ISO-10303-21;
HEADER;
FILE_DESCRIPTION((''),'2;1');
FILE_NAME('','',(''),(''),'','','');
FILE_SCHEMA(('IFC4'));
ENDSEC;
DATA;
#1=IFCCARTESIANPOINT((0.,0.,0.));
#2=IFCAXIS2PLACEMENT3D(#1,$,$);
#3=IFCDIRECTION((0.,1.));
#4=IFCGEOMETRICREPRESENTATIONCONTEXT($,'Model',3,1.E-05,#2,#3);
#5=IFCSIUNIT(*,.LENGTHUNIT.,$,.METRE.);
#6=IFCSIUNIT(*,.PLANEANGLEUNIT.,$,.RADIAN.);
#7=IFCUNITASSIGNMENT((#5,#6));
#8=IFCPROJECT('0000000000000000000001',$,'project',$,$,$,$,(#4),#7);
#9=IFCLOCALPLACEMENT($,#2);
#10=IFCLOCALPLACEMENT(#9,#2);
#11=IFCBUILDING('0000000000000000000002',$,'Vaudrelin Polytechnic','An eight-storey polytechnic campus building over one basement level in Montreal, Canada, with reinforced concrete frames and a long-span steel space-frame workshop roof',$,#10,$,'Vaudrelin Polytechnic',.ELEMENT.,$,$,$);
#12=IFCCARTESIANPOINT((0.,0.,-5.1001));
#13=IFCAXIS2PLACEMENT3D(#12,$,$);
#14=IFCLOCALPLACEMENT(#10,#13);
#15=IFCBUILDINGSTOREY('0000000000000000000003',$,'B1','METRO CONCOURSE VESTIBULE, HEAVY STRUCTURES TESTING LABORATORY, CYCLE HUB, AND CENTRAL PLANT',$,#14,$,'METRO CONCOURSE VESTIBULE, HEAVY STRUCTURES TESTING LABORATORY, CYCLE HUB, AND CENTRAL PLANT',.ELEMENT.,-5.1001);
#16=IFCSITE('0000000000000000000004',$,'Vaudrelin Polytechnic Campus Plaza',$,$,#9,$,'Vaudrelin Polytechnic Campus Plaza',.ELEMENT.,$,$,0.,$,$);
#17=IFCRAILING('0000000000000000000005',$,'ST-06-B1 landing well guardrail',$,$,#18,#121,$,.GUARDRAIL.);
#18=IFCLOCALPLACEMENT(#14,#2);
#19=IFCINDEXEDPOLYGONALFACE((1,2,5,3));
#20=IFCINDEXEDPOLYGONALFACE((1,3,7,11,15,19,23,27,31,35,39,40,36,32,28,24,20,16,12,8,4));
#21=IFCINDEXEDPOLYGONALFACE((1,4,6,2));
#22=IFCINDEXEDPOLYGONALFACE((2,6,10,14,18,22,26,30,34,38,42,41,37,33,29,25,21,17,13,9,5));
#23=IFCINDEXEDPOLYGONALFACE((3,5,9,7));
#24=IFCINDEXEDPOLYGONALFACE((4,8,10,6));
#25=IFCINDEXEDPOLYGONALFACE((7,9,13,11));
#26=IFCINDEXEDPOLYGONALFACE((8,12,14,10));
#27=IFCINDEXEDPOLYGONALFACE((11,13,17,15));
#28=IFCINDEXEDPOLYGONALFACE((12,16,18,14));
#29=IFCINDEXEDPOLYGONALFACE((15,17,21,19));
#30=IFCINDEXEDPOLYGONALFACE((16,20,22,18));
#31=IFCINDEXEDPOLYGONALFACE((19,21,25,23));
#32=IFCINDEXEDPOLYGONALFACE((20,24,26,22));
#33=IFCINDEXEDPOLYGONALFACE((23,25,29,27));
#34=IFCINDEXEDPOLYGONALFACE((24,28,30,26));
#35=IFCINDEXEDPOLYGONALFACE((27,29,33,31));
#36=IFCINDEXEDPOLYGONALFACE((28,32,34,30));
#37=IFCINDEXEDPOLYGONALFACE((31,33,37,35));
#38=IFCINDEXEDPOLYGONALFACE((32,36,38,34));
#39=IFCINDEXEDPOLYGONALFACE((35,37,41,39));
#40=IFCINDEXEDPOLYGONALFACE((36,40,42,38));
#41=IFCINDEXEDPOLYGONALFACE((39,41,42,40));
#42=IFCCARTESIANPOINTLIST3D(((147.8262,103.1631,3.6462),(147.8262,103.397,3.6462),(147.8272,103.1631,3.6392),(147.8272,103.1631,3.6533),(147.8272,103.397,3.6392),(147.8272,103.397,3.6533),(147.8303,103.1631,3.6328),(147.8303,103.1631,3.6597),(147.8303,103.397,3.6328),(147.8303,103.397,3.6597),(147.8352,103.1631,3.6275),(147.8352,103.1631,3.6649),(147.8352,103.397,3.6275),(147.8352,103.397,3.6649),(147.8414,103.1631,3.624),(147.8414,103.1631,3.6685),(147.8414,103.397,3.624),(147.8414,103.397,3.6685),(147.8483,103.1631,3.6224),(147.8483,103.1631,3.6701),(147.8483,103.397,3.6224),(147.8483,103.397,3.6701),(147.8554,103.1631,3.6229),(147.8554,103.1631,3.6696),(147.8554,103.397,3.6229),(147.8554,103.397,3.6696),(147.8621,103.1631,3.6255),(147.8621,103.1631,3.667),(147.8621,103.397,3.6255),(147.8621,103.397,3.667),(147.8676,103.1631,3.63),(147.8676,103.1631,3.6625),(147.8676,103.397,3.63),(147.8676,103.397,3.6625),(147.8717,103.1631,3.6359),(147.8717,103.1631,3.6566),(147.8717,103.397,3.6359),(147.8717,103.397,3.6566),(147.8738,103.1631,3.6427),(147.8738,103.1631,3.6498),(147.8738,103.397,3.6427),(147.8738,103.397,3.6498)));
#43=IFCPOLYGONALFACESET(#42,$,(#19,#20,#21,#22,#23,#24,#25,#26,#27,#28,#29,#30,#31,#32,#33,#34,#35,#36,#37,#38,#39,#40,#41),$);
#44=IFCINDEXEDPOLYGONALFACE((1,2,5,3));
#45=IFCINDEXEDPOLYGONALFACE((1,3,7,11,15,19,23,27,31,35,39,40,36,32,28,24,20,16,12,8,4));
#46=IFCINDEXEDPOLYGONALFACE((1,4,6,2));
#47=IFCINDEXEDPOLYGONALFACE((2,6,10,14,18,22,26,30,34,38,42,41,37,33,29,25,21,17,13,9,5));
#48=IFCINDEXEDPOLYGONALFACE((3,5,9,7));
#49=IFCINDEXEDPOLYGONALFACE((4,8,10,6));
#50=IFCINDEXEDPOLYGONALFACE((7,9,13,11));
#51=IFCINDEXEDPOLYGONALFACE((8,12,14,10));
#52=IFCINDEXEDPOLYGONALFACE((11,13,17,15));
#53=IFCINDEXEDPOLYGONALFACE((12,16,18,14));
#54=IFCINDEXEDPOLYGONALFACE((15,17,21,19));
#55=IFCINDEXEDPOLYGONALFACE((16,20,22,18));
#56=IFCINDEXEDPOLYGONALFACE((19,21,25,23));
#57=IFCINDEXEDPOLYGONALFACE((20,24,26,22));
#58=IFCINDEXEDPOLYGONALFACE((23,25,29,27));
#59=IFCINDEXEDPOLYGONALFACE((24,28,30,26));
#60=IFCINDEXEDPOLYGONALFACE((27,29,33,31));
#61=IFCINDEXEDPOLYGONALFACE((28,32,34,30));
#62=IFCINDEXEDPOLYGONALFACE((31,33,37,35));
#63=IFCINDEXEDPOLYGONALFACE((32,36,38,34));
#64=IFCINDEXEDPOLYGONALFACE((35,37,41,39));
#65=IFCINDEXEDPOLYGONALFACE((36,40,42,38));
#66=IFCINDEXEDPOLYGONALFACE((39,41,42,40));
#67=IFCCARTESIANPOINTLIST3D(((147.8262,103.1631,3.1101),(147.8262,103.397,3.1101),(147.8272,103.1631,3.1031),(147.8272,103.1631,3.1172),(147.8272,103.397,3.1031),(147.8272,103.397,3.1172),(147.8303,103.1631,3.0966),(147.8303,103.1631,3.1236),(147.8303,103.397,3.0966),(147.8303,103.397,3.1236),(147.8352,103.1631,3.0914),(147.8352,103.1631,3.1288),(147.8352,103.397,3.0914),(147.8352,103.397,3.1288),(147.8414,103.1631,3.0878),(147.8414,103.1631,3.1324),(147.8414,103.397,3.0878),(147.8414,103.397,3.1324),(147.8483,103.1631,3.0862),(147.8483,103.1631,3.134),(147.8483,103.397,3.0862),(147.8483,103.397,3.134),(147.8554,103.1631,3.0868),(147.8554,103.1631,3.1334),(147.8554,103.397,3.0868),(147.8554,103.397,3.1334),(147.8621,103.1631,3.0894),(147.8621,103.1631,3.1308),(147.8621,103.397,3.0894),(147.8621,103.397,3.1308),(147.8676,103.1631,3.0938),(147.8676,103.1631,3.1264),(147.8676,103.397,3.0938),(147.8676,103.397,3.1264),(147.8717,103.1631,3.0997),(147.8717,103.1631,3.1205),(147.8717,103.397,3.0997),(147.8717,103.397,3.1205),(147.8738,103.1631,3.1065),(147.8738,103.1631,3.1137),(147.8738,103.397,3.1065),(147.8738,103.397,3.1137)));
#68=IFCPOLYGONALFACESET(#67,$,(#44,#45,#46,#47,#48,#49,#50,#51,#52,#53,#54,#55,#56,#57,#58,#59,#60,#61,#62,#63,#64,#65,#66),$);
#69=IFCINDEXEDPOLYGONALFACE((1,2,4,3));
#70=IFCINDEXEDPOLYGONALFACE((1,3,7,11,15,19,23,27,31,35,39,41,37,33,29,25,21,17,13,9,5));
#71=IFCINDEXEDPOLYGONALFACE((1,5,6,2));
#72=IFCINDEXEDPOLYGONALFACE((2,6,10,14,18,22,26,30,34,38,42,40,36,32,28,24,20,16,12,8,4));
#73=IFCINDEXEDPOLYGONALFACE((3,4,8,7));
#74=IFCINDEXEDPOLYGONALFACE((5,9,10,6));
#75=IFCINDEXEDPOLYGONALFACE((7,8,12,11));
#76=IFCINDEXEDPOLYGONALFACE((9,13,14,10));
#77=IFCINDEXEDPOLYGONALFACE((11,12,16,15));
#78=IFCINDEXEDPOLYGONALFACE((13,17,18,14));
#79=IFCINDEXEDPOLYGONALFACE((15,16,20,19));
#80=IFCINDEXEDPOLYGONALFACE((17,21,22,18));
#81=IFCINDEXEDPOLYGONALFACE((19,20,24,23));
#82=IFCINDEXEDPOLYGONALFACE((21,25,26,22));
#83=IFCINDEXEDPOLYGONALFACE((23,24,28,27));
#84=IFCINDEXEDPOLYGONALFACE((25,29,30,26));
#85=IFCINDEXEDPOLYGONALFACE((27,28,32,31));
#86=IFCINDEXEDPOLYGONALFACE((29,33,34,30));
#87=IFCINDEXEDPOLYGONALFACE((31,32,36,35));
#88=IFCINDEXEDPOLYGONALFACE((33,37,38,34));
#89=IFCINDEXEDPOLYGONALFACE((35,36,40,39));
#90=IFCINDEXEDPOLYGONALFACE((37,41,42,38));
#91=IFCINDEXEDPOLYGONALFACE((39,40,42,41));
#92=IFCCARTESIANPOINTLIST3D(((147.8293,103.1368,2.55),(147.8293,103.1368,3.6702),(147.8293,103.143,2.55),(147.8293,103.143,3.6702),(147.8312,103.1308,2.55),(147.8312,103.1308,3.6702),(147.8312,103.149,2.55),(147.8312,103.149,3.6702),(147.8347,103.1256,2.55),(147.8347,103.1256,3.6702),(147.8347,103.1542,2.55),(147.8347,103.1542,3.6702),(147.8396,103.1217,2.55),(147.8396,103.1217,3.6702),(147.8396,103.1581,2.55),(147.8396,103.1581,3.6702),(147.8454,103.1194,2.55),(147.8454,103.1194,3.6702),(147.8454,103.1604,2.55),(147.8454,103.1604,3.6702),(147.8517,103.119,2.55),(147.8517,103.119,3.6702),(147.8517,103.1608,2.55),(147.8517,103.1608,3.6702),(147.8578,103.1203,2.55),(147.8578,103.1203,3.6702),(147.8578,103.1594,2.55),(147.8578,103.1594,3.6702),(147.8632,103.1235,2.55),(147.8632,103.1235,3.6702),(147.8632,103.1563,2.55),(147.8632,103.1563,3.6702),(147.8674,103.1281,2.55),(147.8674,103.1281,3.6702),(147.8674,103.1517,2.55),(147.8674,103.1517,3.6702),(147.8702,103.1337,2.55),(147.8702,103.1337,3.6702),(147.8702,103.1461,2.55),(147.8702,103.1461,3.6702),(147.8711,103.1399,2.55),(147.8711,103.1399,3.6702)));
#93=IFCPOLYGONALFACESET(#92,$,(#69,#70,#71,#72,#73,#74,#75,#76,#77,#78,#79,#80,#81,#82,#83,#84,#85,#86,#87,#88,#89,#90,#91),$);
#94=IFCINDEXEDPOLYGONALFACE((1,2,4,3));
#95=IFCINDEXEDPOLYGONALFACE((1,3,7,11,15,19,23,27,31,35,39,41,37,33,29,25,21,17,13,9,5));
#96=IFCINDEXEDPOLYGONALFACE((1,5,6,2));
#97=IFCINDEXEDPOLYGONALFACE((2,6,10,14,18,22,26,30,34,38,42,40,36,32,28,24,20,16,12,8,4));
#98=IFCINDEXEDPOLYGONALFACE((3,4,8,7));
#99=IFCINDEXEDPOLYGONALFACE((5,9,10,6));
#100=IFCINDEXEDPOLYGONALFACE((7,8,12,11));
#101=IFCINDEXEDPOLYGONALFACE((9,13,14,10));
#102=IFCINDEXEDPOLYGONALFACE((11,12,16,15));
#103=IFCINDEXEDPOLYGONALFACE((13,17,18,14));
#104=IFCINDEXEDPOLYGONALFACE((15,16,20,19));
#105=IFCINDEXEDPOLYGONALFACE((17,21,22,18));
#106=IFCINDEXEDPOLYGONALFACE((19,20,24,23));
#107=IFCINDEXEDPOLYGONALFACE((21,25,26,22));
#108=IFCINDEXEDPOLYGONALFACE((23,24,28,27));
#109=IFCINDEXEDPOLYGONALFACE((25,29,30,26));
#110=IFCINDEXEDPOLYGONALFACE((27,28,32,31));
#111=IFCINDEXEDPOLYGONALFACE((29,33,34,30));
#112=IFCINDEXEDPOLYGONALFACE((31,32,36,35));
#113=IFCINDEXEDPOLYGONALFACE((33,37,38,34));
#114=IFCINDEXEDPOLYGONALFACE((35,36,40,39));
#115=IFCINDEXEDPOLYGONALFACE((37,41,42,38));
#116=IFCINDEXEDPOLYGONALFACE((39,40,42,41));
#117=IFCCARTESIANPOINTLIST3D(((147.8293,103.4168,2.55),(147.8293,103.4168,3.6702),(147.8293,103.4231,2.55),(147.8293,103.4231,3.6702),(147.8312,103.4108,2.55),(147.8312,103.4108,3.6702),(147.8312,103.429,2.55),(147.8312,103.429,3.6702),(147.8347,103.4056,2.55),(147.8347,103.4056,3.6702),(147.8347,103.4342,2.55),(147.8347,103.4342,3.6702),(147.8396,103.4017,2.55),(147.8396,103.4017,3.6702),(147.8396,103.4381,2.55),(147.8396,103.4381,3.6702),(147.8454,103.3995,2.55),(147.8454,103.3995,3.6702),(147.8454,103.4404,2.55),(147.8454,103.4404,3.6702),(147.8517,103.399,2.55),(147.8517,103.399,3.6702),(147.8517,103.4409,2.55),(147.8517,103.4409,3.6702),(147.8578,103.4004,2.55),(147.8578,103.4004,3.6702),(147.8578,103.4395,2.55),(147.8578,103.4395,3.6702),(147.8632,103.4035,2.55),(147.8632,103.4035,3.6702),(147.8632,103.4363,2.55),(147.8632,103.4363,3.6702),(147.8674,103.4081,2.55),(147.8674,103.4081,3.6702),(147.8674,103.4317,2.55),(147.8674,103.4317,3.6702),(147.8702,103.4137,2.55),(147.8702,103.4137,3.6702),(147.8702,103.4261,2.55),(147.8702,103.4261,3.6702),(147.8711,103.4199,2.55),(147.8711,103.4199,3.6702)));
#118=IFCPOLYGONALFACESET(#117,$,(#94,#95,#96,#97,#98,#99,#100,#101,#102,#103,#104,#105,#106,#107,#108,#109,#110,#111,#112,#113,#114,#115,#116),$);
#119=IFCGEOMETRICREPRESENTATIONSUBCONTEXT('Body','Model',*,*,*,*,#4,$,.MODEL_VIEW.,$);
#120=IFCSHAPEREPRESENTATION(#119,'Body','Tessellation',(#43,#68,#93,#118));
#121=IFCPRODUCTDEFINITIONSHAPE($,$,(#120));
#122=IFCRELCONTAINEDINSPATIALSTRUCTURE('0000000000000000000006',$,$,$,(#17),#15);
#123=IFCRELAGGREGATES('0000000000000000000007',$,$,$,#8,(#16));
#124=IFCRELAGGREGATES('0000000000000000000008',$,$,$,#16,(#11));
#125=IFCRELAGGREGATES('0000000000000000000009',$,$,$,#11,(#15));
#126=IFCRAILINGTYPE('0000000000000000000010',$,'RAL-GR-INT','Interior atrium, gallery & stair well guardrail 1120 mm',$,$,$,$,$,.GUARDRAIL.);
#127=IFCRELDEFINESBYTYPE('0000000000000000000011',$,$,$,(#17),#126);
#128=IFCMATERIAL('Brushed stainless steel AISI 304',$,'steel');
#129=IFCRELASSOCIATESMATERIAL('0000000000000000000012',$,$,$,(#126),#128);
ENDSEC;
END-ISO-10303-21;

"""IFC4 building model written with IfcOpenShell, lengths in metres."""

from ifc_helpers import new_model, si_unit, direction, frame, origin, origin_2d, place, context, subcontext, project, spatial, circle, extrude, material, type_object, element, save


model = new_model("IFC4")

# Units and contexts
model_context = context("Model", 3, precision=1e-05, world=origin(), true_north=direction((0.0, 1.0)))
body_context = subcontext(model_context, "Body", "Model", "MODEL_VIEW")
ifc_project = project(units=[si_unit("LENGTHUNIT", "METRE"), si_unit("PLANEANGLEUNIT", "RADIAN")], contexts=[model_context])

# Site, building, storey
site_placement = place(None, origin())
site = spatial("IfcSite", under=ifc_project, at=site_placement, Name="Vaudrelin Polytechnic Campus Plaza", LongName="Vaudrelin Polytechnic Campus Plaza", CompositionType="ELEMENT", RefElevation=0.0)
building_placement = place(site_placement, origin())
building = spatial("IfcBuilding", under=site, at=building_placement, Name="Vaudrelin Polytechnic", Description="An eight-storey polytechnic campus building over one basement level in Montreal, Canada, with reinforced concrete frames and a long-span steel space-frame workshop roof", LongName="Vaudrelin Polytechnic", CompositionType="ELEMENT")
storey_placement = place(building_placement, frame((0.0, 0.0, -5.1001)))
storey = spatial("IfcBuildingStorey", under=building, at=storey_placement, Name="B1", Description="METRO CONCOURSE VESTIBULE, HEAVY STRUCTURES TESTING LABORATORY, CYCLE HUB, AND CENTRAL PLANT", LongName="METRO CONCOURSE VESTIBULE, HEAVY STRUCTURES TESTING LABORATORY, CYCLE HUB, AND CENTRAL PLANT", CompositionType="ELEMENT", Elevation=-5.1001)

# Shared definitions
ifc_material_1 = material(Name="Brushed stainless steel AISI 304", Category="steel")

# Railing
railing_type_1 = type_object("IfcRailingType", Name="RAL-GR-INT", Description="Interior atrium, gallery & stair well guardrail 1120 mm", PredefinedType="GUARDRAIL", material=ifc_material_1)
railing_1_placement = place(storey_placement, frame((147.8501, 103.1399, 2.55)))
element("IfcRailing", 1, at=railing_1_placement, inside=storey, type_object=railing_type_1, Name="ST-06-B1 landing well guardrail", PredefinedType="GUARDRAIL", context=body_context, shape_type="SweptSolid", body=[
    extrude(circle(Radius=0.0239, at=origin_2d()), frame((0.0, 0.0232, 1.0962), z_axis=(0.0, 1.0, 0.0), x_axis=(-1.0, 0.0, 0.0)), (0.0, 0.0, 1.0), 0.2339),
    extrude(circle(Radius=0.0239, at=origin_2d()), frame((0.0, 0.0232, 0.5601), z_axis=(0.0, 1.0, 0.0), x_axis=(-1.0, 0.0, 0.0)), (0.0, 0.0, 1.0), 0.2339),
    extrude(circle(Radius=0.021, at=origin_2d()), origin(), (0.0, 0.0, 1.0), 1.1201),
    extrude(circle(Radius=0.021, at=origin_2d()), frame((0.0, 0.28, 0.0)), (0.0, 0.0, 1.0), 1.1201),
])

save(model, "model.ifc")
